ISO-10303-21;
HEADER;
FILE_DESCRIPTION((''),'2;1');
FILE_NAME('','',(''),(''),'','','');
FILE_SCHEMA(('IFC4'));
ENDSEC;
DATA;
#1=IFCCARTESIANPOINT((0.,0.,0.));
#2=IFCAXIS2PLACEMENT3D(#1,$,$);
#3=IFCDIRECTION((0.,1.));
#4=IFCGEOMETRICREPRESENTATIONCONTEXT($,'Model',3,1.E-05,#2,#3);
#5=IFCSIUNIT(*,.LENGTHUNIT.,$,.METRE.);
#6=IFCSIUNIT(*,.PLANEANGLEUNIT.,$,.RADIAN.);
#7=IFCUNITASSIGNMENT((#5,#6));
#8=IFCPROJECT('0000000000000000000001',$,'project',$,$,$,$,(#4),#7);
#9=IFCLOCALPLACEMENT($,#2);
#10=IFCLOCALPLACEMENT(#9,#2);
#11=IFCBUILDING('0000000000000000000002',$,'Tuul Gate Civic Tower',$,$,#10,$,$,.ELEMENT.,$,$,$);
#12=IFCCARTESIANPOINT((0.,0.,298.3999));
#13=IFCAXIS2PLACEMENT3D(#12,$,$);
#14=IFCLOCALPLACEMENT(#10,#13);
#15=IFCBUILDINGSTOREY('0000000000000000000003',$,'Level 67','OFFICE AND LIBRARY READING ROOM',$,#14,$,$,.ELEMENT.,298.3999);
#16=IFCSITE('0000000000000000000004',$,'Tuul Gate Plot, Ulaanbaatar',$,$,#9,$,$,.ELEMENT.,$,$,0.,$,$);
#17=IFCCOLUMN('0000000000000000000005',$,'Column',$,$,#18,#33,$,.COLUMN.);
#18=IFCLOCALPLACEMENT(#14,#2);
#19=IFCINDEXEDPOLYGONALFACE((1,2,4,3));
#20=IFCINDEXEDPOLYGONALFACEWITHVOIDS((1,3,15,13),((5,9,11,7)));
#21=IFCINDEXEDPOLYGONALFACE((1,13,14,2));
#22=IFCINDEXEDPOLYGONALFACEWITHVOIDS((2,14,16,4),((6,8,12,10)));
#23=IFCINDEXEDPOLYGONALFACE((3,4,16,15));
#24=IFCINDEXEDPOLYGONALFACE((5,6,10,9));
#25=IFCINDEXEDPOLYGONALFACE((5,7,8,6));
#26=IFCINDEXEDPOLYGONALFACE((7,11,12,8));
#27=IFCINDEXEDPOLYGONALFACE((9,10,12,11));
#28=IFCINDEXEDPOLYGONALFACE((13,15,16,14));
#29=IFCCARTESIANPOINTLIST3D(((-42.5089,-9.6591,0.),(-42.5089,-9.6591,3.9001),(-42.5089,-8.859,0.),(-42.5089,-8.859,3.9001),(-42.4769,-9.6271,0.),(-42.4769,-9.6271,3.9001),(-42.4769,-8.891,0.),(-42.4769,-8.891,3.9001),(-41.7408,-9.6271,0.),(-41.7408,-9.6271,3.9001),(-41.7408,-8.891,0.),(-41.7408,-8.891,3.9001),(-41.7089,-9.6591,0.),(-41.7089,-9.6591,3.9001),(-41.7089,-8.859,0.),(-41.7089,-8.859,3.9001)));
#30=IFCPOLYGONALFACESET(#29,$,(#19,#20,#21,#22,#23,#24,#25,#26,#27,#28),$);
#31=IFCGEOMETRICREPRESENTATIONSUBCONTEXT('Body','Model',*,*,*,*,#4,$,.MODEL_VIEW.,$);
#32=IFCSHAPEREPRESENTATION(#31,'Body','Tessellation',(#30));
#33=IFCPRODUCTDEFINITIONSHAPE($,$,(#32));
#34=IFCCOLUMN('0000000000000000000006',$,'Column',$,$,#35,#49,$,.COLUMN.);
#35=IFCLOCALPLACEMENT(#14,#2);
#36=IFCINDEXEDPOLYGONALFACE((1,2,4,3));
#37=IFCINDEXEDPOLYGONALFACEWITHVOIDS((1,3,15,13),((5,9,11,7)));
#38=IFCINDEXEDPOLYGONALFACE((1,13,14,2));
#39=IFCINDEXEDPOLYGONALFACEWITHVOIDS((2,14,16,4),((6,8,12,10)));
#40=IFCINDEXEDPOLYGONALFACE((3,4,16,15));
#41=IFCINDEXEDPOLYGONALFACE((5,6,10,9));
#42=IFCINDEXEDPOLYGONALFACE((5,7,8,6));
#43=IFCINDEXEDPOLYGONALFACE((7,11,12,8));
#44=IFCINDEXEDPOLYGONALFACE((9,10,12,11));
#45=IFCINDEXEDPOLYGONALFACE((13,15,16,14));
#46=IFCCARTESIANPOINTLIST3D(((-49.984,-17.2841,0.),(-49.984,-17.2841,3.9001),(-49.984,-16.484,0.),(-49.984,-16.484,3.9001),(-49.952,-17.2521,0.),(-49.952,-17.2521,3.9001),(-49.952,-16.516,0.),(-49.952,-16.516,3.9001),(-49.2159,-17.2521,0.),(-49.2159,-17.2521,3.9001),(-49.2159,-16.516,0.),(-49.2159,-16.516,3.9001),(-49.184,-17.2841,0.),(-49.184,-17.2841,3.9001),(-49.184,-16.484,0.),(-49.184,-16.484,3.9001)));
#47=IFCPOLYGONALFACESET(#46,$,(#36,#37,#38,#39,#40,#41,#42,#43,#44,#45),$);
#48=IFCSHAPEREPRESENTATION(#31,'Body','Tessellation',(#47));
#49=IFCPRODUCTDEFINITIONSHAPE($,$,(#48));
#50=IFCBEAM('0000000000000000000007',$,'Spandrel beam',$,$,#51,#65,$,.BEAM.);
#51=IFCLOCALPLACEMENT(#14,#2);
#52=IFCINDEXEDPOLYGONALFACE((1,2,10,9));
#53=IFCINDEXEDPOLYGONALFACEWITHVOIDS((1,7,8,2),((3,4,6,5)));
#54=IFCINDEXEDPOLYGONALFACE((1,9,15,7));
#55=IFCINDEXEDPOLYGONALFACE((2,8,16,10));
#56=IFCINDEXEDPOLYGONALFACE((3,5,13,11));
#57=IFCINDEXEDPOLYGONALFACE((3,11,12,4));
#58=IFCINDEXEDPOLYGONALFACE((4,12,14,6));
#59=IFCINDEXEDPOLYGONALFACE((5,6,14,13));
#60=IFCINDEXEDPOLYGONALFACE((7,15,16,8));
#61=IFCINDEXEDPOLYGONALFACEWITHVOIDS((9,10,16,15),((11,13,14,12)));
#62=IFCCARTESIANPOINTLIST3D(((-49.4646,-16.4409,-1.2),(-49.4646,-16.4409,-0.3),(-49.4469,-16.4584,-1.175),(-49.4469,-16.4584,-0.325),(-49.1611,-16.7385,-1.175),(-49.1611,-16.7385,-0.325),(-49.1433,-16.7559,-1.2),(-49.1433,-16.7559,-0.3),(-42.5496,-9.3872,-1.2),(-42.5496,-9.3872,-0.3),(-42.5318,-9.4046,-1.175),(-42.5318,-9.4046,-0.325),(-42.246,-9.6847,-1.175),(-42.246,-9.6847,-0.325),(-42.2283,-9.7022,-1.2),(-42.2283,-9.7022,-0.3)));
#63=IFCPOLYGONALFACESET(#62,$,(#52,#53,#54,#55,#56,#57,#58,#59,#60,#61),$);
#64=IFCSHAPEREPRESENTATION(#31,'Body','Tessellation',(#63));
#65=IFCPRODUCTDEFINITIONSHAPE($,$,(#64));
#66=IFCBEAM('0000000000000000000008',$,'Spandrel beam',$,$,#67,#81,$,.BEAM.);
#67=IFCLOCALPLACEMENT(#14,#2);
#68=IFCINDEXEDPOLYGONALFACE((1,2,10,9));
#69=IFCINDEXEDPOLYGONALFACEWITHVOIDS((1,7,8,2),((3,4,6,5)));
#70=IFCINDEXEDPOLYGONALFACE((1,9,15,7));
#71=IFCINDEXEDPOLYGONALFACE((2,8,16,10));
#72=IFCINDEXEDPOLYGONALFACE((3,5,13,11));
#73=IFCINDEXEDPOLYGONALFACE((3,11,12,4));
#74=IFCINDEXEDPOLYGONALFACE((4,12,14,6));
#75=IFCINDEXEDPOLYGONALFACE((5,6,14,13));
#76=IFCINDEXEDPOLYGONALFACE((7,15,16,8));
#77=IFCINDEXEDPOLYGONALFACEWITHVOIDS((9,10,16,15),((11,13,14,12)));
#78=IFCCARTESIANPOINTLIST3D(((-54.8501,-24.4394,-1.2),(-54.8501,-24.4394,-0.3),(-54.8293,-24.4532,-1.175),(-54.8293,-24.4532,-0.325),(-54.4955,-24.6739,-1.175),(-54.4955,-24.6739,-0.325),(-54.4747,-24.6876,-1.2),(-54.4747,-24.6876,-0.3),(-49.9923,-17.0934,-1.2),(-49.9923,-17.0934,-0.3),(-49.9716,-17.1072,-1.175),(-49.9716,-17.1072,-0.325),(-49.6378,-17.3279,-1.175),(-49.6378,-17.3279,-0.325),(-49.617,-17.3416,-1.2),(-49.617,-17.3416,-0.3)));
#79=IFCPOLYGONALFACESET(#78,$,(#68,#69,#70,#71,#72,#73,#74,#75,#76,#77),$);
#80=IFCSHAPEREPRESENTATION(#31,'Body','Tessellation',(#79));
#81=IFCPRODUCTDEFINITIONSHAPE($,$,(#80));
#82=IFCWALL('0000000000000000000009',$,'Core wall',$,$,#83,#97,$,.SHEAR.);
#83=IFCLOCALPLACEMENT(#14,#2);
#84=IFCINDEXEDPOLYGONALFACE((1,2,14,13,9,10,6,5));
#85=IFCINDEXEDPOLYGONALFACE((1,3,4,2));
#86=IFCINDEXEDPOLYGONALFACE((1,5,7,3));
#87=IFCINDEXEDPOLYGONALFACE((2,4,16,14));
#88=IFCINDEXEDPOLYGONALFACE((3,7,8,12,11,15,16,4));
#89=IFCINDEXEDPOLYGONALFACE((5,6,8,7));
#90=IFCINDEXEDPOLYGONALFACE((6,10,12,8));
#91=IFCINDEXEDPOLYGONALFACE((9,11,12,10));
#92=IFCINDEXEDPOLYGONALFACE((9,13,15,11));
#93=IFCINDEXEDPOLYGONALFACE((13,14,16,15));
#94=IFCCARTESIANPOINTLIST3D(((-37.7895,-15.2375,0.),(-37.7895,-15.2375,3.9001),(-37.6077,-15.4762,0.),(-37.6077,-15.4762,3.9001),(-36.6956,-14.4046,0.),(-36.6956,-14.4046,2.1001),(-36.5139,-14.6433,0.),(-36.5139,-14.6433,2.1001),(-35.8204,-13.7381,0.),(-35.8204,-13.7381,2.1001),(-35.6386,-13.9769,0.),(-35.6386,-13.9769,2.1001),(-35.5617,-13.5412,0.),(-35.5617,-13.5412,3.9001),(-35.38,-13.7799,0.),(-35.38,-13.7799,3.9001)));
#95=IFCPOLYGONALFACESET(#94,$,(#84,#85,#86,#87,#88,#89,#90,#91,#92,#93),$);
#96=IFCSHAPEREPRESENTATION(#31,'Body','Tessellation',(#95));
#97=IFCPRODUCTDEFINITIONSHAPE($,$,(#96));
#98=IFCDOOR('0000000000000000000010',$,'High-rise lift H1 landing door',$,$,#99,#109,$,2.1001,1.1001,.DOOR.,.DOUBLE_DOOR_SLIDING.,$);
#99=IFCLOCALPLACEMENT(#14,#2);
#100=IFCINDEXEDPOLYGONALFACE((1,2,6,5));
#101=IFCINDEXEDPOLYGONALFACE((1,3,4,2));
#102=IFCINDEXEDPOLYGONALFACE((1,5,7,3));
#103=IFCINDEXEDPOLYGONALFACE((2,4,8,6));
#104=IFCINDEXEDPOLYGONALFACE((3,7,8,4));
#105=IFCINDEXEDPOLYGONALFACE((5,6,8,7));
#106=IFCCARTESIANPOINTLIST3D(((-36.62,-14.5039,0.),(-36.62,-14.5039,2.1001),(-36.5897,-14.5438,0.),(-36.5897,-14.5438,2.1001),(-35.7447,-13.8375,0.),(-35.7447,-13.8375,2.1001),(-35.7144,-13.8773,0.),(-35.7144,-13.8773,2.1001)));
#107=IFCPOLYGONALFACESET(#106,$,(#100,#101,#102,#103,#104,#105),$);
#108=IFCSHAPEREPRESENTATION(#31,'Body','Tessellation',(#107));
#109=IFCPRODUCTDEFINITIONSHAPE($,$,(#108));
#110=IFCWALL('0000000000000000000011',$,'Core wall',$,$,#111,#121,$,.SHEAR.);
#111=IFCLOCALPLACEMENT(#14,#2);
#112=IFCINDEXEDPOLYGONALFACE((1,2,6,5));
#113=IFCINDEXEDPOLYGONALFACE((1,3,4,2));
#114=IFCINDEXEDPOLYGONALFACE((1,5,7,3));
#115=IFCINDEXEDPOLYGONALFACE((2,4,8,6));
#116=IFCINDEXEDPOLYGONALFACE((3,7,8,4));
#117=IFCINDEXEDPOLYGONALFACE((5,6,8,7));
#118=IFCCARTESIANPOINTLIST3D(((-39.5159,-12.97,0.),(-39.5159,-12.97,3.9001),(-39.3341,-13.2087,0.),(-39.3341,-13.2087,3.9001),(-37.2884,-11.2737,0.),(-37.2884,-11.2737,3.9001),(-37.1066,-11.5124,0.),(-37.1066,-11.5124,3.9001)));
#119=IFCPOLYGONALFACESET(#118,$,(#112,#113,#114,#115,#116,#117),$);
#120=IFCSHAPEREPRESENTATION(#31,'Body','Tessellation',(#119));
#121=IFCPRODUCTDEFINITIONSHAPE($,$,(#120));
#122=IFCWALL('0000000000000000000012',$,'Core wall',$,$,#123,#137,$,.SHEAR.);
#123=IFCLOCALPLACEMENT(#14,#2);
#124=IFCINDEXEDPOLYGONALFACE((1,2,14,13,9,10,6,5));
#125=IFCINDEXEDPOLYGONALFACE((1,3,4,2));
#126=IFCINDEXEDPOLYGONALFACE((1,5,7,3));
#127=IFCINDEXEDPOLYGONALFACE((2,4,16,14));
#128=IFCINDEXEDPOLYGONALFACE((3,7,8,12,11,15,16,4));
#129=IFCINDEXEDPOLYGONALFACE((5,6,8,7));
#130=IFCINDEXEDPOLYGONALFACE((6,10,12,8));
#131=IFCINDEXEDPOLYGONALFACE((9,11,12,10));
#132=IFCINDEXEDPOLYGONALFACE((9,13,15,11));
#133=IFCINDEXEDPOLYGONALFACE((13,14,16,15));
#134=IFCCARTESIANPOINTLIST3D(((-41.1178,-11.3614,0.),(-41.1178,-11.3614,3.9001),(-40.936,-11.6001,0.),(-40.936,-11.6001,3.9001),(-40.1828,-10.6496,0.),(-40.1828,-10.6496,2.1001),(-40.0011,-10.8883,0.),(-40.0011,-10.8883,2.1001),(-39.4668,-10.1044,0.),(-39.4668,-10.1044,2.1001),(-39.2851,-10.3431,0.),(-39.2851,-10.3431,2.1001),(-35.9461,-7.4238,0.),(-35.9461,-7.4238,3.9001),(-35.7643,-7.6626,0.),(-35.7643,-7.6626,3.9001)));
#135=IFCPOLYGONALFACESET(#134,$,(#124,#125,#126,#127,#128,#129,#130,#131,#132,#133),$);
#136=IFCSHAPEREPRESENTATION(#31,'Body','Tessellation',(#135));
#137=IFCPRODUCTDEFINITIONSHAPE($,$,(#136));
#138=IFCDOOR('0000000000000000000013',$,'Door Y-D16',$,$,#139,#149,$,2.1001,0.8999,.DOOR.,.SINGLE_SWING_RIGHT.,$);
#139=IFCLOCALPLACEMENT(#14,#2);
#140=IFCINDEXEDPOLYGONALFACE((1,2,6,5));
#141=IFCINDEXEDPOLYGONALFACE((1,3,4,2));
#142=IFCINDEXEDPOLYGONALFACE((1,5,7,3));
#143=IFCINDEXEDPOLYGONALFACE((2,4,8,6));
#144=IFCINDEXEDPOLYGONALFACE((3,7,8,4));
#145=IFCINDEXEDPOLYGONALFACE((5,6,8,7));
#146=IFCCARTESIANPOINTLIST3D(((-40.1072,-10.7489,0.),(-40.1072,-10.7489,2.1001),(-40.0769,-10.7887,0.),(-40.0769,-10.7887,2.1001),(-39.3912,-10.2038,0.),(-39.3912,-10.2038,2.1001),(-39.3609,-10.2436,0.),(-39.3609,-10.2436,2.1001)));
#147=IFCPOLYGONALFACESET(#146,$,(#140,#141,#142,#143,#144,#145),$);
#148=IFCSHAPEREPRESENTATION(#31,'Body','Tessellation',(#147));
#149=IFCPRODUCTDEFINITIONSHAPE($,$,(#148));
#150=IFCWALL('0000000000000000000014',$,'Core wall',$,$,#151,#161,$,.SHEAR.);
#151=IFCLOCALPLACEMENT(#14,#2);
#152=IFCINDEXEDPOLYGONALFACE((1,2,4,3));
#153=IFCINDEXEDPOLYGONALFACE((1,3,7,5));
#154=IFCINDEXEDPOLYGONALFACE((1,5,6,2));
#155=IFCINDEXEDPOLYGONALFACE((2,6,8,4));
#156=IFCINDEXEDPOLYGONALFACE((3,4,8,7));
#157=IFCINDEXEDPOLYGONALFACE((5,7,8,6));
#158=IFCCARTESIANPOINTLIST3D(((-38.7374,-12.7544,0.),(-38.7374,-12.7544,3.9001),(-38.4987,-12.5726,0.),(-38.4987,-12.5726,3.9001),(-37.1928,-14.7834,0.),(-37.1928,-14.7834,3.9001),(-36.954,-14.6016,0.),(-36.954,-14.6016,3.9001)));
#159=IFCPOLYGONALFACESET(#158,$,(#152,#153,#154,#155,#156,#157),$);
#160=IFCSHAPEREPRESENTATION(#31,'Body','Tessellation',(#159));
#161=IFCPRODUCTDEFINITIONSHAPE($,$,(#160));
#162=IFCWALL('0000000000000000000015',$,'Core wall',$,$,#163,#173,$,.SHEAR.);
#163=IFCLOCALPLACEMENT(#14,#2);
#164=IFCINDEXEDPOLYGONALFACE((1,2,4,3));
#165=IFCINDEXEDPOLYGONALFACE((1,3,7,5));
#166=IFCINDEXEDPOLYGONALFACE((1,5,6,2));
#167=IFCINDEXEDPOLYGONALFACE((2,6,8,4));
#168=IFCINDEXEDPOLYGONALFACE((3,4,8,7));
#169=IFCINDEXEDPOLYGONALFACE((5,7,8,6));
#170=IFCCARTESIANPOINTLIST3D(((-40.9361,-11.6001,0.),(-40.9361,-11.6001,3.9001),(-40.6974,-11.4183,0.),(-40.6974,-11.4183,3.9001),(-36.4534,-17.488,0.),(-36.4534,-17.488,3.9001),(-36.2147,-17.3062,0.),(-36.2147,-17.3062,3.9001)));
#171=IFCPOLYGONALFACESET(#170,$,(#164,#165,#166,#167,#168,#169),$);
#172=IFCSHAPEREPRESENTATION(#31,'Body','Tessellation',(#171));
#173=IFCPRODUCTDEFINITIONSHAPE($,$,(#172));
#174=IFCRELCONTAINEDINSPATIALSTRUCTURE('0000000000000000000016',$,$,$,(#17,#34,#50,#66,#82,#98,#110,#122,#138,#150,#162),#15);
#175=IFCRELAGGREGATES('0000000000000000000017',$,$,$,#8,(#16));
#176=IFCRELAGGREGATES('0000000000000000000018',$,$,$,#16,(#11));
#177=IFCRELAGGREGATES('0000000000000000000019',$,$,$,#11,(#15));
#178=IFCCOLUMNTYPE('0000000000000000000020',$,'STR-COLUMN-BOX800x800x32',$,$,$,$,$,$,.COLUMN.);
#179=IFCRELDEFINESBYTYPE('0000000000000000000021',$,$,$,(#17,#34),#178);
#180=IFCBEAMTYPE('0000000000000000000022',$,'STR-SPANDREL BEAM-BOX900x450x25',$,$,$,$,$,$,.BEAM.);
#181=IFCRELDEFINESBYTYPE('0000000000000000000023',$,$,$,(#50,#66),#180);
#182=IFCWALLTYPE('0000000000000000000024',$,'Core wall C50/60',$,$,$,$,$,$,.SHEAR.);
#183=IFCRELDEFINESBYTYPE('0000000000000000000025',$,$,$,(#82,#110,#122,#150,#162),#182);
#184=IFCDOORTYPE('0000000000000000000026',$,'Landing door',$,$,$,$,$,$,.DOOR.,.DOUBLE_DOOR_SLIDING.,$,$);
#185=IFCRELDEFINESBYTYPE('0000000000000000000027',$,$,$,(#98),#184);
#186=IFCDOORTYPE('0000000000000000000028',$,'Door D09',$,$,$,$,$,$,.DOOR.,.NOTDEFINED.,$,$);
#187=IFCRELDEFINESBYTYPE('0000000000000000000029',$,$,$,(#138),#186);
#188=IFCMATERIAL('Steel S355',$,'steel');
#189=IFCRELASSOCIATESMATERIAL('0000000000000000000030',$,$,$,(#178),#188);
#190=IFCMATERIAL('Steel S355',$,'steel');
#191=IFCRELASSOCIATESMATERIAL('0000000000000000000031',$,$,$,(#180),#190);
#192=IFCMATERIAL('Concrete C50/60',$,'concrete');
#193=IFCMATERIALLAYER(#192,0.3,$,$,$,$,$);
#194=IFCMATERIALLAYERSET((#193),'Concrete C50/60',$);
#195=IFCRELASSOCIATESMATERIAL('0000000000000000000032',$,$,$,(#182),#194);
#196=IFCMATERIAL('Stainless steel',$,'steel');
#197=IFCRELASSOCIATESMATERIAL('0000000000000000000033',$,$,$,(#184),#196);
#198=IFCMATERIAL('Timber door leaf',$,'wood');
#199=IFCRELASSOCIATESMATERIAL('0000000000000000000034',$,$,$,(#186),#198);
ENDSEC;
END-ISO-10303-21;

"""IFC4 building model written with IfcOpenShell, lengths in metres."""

from ifc_helpers import new_model, si_unit, direction, frame, frame_2d, origin, origin_2d, place, context, subcontext, project, spatial, rectangle, hollow_rectangle, extrude, material, layer, layer_set, material_profile, profile_set, type_object, element, fill, save


model = new_model("IFC4")

# Units and contexts
model_context = context("Model", 3, precision=1e-05, world=origin(), true_north=direction((0.0, 1.0)))
body_context = subcontext(model_context, "Body", "Model", "MODEL_VIEW")
ifc_project = project(units=[si_unit("LENGTHUNIT", "METRE"), si_unit("PLANEANGLEUNIT", "RADIAN")], contexts=[model_context])

# Site, building, storey
site_placement = place(None, origin())
site = spatial("IfcSite", under=ifc_project, at=site_placement, Name="Tuul Gate Plot, Ulaanbaatar", CompositionType="ELEMENT", RefElevation=0.0)
building_placement = place(site_placement, origin())
building = spatial("IfcBuilding", under=site, at=building_placement, Name="Tuul Gate Civic Tower", CompositionType="ELEMENT")
storey_placement = place(building_placement, frame((0.0, 0.0, 298.3999)))
storey = spatial("IfcBuildingStorey", under=building, at=storey_placement, Name="Level 67", Description="OFFICE AND LIBRARY READING ROOM", CompositionType="ELEMENT", Elevation=298.3999)

# Columns
ifc_material_1 = material(Name="Steel S355", Category="steel")
ifc_material_profile_1 = material_profile(ifc_material_1, hollow_rectangle(XDim=0.8, YDim=0.8, WallThickness=0.032, at=origin_2d()), Name="BOX800x800x32")
ifc_profile_set_1 = profile_set([ifc_material_profile_1], Name="Steel S355")
column_type = type_object("IfcColumnType", Name="STR-COLUMN-BOX800x800x32", PredefinedType="COLUMN", material=ifc_profile_set_1)
for number, where, z_axis, x_axis, name in (
    (1, (-42.1089, -9.259, 0.0), (0.0, 0.0, 1.0), (1.0, 0.0, 0.0), "Column"),
    (2, (-49.584, -16.884, 0.0), (0.0, 0.0, 1.0), (1.0, 0.0, 0.0), "Column"),
):
    element("IfcColumn", number, at=place(storey_placement, frame(where, z_axis=z_axis, x_axis=x_axis)), inside=storey, type_object=column_type, Name=name, PredefinedType="COLUMN", context=body_context, shape_type="SweptSolid", body=[
        extrude(hollow_rectangle(XDim=0.8, YDim=0.8, WallThickness=0.032, at=origin_2d()), origin(), (0.0, 0.0, 1.0), 3.9001),
    ])

# Beams
ifc_material_2 = material(Name="Steel S355", Category="steel")
ifc_material_profile_2 = material_profile(ifc_material_2, hollow_rectangle(XDim=0.45, YDim=0.8999, WallThickness=0.0249, at=origin_2d()), Name="BOX900x450x25")
ifc_profile_set_2 = profile_set([ifc_material_profile_2], Name="Steel S355")
beam_type = type_object("IfcBeamType", Name="STR-SPANDREL BEAM-BOX900x450x25", PredefinedType="BEAM", material=ifc_profile_set_2)
beam_1_placement = place(storey_placement, frame((-42.3889, -9.5447, -0.75), z_axis=(-0.700053, -0.714091, 0.0), x_axis=(0.714091, -0.700053, 0.0)))
element("IfcBeam", 3, at=beam_1_placement, inside=storey, type_object=beam_type, Name="Spandrel beam", PredefinedType="BEAM", context=body_context, shape_type="SweptSolid", body=[
    extrude(hollow_rectangle(XDim=0.45, YDim=0.8999, WallThickness=0.0249, at=origin_2d()), origin(), (0.0, 0.0, 1.0), 9.8779),
])
beam_2_placement = place(storey_placement, frame((-49.8047, -17.2175, -0.75), z_axis=(-0.551581, -0.834121, 0.0), x_axis=(0.834121, -0.551581, 0.0)))
element("IfcBeam", 4, at=beam_2_placement, inside=storey, type_object=beam_type, Name="Spandrel beam", PredefinedType="BEAM", context=body_context, shape_type="SweptSolid", body=[
    extrude(hollow_rectangle(XDim=0.45, YDim=0.8999, WallThickness=0.0249, at=origin_2d()), origin(), (0.0, 0.0, 1.0), 8.8069),
])

# Wall, opening, door
ifc_material_3 = material(Name="Concrete C50/60", Category="concrete")
ifc_layer_1 = layer(ifc_material_3, 0.3)
ifc_layer_set_1 = layer_set([ifc_layer_1], Name="Concrete C50/60")
wall_type_1 = type_object("IfcWallType", Name="Core wall C50/60", PredefinedType="SHEAR", material=ifc_layer_set_1)
wall_1_placement = place(storey_placement, frame((-35.4709, -13.6606, 0.0), z_axis=(0.0, 0.0, 1.0), x_axis=(-0.795616, -0.605802, 0.0)))
wall_1 = element("IfcWall", 5, at=wall_1_placement, inside=storey, type_object=wall_type_1, Name="Core wall", PredefinedType="SHEAR", context=body_context, shape_type="SweptSolid", body=[
    extrude(rectangle(XDim=2.8, YDim=0.3, at=frame_2d((1.3999, 0.0))), origin(), (0.0, 0.0, 1.0), 3.9001),
])
opening_1_placement = place(wall_1_placement, frame((0.325, 0.0, 0.0)))
opening_1 = element("IfcOpeningElement", 6, at=opening_1_placement, cuts=wall_1, PredefinedType="OPENING", context=body_context, shape_type="SweptSolid", body=[
    extrude(rectangle(XDim=1.1001, YDim=2.1001, at=frame_2d((0.55, 1.05))), frame((0.0, 0.1602, 0.0), z_axis=(0.0, -1.0, 0.0), x_axis=(1.0, 0.0, 0.0)), (0.0, 0.0, 1.0), 0.3201),
])
ifc_material_4 = material(Name="Stainless steel", Category="steel")
door_type_1 = type_object("IfcDoorType", Name="Landing door", OperationType="DOUBLE_DOOR_SLIDING", PredefinedType="DOOR", material=ifc_material_4)
door_1_placement = place(opening_1_placement, origin())
door_1 = element("IfcDoor", 7, at=door_1_placement, inside=storey, type_object=door_type_1, Name="High-rise lift H1 landing door", OperationType="DOUBLE_DOOR_SLIDING", OverallHeight=2.1001, OverallWidth=1.1001, PredefinedType="DOOR", context=body_context, shape_type="SweptSolid", body=[
    extrude(rectangle(XDim=1.1001, YDim=2.1001, at=frame_2d((0.55, 1.05))), frame((0.0, 0.0249, 0.0), z_axis=(0.0, -1.0, 0.0), x_axis=(1.0, 0.0, 0.0)), (0.0, 0.0, 1.0), 0.05),
])
fill(opening_1, door_1)

# Wall
wall_2_placement = place(storey_placement, frame((-37.1975, -11.3931, 0.0), z_axis=(0.0, 0.0, 1.0), x_axis=(-0.795584, -0.605844, 0.0)))
element("IfcWall", 8, at=wall_2_placement, inside=storey, type_object=wall_type_1, Name="Core wall", PredefinedType="SHEAR", context=body_context, shape_type="SweptSolid", body=[
    extrude(rectangle(XDim=2.7998, YDim=0.3, at=frame_2d((1.3999, 0.0))), origin(), (0.0, 0.0, 1.0), 3.9001),
])

# Wall, opening, door
wall_3_placement = place(storey_placement, frame((-35.8552, -7.5432, 0.0), z_axis=(0.0, 0.0, 1.0), x_axis=(-0.795639, -0.605772, 0.0)))
wall_3 = element("IfcWall", 9, at=wall_3_placement, inside=storey, type_object=wall_type_1, Name="Core wall", PredefinedType="SHEAR", context=body_context, shape_type="SweptSolid", body=[
    extrude(rectangle(XDim=6.5, YDim=0.3, at=frame_2d((3.25, 0.0))), origin(), (0.0, 0.0, 1.0), 3.9001),
])
opening_2_placement = place(wall_3_placement, frame((4.425, 0.0, 0.0)))
opening_2 = element("IfcOpeningElement", 10, at=opening_2_placement, cuts=wall_3, PredefinedType="OPENING", context=body_context, shape_type="SweptSolid", body=[
    extrude(rectangle(XDim=0.8999, YDim=2.1001, at=frame_2d((0.45, 1.05))), frame((0.0, 0.1602, 0.0), z_axis=(0.0, -1.0, 0.0), x_axis=(1.0, 0.0, 0.0)), (0.0, 0.0, 1.0), 0.3201),
])
ifc_material_5 = material(Name="Timber door leaf", Category="wood")
door_type_2 = type_object("IfcDoorType", Name="Door D09", OperationType="NOTDEFINED", PredefinedType="DOOR", material=ifc_material_5)
door_2_placement = place(opening_2_placement, origin())
door_2 = element("IfcDoor", 11, at=door_2_placement, inside=storey, type_object=door_type_2, Name="Door Y-D16", OperationType="SINGLE_SWING_RIGHT", OverallHeight=2.1001, OverallWidth=0.8999, PredefinedType="DOOR", context=body_context, shape_type="SweptSolid", body=[
    extrude(rectangle(XDim=0.8999, YDim=2.1001, at=frame_2d((0.45, 1.05))), frame((0.0, 0.0249, 0.0), z_axis=(0.0, -1.0, 0.0), x_axis=(1.0, 0.0, 0.0)), (0.0, 0.0, 1.0), 0.05),
])
fill(opening_2, door_2)

# Walls
wall_4_placement = place(storey_placement, frame((-37.0735, -14.6924, 0.0), z_axis=(0.0, 0.0, 1.0), x_axis=(-0.605729, 0.795671, 0.0)))
element("IfcWall", 12, at=wall_4_placement, inside=storey, type_object=wall_type_1, Name="Core wall", PredefinedType="SHEAR", context=body_context, shape_type="SweptSolid", body=[
    extrude(rectangle(XDim=2.55, YDim=0.3, at=frame_2d((1.2749, 0.0))), origin(), (0.0, 0.0, 1.0), 3.9001),
])
wall_5_placement = place(storey_placement, frame((-36.334, -17.3972, 0.0), z_axis=(0.0, 0.0, 1.0), x_axis=(-0.605754, 0.795652, 0.0)))
element("IfcWall", 13, at=wall_5_placement, inside=storey, type_object=wall_type_1, Name="Core wall", PredefinedType="SHEAR", context=body_context, shape_type="SweptSolid", body=[
    extrude(rectangle(XDim=7.4001, YDim=0.3, at=frame_2d((3.7002, 0.0))), origin(), (0.0, 0.0, 1.0), 3.9001),
])

save(model, "model.ifc")
